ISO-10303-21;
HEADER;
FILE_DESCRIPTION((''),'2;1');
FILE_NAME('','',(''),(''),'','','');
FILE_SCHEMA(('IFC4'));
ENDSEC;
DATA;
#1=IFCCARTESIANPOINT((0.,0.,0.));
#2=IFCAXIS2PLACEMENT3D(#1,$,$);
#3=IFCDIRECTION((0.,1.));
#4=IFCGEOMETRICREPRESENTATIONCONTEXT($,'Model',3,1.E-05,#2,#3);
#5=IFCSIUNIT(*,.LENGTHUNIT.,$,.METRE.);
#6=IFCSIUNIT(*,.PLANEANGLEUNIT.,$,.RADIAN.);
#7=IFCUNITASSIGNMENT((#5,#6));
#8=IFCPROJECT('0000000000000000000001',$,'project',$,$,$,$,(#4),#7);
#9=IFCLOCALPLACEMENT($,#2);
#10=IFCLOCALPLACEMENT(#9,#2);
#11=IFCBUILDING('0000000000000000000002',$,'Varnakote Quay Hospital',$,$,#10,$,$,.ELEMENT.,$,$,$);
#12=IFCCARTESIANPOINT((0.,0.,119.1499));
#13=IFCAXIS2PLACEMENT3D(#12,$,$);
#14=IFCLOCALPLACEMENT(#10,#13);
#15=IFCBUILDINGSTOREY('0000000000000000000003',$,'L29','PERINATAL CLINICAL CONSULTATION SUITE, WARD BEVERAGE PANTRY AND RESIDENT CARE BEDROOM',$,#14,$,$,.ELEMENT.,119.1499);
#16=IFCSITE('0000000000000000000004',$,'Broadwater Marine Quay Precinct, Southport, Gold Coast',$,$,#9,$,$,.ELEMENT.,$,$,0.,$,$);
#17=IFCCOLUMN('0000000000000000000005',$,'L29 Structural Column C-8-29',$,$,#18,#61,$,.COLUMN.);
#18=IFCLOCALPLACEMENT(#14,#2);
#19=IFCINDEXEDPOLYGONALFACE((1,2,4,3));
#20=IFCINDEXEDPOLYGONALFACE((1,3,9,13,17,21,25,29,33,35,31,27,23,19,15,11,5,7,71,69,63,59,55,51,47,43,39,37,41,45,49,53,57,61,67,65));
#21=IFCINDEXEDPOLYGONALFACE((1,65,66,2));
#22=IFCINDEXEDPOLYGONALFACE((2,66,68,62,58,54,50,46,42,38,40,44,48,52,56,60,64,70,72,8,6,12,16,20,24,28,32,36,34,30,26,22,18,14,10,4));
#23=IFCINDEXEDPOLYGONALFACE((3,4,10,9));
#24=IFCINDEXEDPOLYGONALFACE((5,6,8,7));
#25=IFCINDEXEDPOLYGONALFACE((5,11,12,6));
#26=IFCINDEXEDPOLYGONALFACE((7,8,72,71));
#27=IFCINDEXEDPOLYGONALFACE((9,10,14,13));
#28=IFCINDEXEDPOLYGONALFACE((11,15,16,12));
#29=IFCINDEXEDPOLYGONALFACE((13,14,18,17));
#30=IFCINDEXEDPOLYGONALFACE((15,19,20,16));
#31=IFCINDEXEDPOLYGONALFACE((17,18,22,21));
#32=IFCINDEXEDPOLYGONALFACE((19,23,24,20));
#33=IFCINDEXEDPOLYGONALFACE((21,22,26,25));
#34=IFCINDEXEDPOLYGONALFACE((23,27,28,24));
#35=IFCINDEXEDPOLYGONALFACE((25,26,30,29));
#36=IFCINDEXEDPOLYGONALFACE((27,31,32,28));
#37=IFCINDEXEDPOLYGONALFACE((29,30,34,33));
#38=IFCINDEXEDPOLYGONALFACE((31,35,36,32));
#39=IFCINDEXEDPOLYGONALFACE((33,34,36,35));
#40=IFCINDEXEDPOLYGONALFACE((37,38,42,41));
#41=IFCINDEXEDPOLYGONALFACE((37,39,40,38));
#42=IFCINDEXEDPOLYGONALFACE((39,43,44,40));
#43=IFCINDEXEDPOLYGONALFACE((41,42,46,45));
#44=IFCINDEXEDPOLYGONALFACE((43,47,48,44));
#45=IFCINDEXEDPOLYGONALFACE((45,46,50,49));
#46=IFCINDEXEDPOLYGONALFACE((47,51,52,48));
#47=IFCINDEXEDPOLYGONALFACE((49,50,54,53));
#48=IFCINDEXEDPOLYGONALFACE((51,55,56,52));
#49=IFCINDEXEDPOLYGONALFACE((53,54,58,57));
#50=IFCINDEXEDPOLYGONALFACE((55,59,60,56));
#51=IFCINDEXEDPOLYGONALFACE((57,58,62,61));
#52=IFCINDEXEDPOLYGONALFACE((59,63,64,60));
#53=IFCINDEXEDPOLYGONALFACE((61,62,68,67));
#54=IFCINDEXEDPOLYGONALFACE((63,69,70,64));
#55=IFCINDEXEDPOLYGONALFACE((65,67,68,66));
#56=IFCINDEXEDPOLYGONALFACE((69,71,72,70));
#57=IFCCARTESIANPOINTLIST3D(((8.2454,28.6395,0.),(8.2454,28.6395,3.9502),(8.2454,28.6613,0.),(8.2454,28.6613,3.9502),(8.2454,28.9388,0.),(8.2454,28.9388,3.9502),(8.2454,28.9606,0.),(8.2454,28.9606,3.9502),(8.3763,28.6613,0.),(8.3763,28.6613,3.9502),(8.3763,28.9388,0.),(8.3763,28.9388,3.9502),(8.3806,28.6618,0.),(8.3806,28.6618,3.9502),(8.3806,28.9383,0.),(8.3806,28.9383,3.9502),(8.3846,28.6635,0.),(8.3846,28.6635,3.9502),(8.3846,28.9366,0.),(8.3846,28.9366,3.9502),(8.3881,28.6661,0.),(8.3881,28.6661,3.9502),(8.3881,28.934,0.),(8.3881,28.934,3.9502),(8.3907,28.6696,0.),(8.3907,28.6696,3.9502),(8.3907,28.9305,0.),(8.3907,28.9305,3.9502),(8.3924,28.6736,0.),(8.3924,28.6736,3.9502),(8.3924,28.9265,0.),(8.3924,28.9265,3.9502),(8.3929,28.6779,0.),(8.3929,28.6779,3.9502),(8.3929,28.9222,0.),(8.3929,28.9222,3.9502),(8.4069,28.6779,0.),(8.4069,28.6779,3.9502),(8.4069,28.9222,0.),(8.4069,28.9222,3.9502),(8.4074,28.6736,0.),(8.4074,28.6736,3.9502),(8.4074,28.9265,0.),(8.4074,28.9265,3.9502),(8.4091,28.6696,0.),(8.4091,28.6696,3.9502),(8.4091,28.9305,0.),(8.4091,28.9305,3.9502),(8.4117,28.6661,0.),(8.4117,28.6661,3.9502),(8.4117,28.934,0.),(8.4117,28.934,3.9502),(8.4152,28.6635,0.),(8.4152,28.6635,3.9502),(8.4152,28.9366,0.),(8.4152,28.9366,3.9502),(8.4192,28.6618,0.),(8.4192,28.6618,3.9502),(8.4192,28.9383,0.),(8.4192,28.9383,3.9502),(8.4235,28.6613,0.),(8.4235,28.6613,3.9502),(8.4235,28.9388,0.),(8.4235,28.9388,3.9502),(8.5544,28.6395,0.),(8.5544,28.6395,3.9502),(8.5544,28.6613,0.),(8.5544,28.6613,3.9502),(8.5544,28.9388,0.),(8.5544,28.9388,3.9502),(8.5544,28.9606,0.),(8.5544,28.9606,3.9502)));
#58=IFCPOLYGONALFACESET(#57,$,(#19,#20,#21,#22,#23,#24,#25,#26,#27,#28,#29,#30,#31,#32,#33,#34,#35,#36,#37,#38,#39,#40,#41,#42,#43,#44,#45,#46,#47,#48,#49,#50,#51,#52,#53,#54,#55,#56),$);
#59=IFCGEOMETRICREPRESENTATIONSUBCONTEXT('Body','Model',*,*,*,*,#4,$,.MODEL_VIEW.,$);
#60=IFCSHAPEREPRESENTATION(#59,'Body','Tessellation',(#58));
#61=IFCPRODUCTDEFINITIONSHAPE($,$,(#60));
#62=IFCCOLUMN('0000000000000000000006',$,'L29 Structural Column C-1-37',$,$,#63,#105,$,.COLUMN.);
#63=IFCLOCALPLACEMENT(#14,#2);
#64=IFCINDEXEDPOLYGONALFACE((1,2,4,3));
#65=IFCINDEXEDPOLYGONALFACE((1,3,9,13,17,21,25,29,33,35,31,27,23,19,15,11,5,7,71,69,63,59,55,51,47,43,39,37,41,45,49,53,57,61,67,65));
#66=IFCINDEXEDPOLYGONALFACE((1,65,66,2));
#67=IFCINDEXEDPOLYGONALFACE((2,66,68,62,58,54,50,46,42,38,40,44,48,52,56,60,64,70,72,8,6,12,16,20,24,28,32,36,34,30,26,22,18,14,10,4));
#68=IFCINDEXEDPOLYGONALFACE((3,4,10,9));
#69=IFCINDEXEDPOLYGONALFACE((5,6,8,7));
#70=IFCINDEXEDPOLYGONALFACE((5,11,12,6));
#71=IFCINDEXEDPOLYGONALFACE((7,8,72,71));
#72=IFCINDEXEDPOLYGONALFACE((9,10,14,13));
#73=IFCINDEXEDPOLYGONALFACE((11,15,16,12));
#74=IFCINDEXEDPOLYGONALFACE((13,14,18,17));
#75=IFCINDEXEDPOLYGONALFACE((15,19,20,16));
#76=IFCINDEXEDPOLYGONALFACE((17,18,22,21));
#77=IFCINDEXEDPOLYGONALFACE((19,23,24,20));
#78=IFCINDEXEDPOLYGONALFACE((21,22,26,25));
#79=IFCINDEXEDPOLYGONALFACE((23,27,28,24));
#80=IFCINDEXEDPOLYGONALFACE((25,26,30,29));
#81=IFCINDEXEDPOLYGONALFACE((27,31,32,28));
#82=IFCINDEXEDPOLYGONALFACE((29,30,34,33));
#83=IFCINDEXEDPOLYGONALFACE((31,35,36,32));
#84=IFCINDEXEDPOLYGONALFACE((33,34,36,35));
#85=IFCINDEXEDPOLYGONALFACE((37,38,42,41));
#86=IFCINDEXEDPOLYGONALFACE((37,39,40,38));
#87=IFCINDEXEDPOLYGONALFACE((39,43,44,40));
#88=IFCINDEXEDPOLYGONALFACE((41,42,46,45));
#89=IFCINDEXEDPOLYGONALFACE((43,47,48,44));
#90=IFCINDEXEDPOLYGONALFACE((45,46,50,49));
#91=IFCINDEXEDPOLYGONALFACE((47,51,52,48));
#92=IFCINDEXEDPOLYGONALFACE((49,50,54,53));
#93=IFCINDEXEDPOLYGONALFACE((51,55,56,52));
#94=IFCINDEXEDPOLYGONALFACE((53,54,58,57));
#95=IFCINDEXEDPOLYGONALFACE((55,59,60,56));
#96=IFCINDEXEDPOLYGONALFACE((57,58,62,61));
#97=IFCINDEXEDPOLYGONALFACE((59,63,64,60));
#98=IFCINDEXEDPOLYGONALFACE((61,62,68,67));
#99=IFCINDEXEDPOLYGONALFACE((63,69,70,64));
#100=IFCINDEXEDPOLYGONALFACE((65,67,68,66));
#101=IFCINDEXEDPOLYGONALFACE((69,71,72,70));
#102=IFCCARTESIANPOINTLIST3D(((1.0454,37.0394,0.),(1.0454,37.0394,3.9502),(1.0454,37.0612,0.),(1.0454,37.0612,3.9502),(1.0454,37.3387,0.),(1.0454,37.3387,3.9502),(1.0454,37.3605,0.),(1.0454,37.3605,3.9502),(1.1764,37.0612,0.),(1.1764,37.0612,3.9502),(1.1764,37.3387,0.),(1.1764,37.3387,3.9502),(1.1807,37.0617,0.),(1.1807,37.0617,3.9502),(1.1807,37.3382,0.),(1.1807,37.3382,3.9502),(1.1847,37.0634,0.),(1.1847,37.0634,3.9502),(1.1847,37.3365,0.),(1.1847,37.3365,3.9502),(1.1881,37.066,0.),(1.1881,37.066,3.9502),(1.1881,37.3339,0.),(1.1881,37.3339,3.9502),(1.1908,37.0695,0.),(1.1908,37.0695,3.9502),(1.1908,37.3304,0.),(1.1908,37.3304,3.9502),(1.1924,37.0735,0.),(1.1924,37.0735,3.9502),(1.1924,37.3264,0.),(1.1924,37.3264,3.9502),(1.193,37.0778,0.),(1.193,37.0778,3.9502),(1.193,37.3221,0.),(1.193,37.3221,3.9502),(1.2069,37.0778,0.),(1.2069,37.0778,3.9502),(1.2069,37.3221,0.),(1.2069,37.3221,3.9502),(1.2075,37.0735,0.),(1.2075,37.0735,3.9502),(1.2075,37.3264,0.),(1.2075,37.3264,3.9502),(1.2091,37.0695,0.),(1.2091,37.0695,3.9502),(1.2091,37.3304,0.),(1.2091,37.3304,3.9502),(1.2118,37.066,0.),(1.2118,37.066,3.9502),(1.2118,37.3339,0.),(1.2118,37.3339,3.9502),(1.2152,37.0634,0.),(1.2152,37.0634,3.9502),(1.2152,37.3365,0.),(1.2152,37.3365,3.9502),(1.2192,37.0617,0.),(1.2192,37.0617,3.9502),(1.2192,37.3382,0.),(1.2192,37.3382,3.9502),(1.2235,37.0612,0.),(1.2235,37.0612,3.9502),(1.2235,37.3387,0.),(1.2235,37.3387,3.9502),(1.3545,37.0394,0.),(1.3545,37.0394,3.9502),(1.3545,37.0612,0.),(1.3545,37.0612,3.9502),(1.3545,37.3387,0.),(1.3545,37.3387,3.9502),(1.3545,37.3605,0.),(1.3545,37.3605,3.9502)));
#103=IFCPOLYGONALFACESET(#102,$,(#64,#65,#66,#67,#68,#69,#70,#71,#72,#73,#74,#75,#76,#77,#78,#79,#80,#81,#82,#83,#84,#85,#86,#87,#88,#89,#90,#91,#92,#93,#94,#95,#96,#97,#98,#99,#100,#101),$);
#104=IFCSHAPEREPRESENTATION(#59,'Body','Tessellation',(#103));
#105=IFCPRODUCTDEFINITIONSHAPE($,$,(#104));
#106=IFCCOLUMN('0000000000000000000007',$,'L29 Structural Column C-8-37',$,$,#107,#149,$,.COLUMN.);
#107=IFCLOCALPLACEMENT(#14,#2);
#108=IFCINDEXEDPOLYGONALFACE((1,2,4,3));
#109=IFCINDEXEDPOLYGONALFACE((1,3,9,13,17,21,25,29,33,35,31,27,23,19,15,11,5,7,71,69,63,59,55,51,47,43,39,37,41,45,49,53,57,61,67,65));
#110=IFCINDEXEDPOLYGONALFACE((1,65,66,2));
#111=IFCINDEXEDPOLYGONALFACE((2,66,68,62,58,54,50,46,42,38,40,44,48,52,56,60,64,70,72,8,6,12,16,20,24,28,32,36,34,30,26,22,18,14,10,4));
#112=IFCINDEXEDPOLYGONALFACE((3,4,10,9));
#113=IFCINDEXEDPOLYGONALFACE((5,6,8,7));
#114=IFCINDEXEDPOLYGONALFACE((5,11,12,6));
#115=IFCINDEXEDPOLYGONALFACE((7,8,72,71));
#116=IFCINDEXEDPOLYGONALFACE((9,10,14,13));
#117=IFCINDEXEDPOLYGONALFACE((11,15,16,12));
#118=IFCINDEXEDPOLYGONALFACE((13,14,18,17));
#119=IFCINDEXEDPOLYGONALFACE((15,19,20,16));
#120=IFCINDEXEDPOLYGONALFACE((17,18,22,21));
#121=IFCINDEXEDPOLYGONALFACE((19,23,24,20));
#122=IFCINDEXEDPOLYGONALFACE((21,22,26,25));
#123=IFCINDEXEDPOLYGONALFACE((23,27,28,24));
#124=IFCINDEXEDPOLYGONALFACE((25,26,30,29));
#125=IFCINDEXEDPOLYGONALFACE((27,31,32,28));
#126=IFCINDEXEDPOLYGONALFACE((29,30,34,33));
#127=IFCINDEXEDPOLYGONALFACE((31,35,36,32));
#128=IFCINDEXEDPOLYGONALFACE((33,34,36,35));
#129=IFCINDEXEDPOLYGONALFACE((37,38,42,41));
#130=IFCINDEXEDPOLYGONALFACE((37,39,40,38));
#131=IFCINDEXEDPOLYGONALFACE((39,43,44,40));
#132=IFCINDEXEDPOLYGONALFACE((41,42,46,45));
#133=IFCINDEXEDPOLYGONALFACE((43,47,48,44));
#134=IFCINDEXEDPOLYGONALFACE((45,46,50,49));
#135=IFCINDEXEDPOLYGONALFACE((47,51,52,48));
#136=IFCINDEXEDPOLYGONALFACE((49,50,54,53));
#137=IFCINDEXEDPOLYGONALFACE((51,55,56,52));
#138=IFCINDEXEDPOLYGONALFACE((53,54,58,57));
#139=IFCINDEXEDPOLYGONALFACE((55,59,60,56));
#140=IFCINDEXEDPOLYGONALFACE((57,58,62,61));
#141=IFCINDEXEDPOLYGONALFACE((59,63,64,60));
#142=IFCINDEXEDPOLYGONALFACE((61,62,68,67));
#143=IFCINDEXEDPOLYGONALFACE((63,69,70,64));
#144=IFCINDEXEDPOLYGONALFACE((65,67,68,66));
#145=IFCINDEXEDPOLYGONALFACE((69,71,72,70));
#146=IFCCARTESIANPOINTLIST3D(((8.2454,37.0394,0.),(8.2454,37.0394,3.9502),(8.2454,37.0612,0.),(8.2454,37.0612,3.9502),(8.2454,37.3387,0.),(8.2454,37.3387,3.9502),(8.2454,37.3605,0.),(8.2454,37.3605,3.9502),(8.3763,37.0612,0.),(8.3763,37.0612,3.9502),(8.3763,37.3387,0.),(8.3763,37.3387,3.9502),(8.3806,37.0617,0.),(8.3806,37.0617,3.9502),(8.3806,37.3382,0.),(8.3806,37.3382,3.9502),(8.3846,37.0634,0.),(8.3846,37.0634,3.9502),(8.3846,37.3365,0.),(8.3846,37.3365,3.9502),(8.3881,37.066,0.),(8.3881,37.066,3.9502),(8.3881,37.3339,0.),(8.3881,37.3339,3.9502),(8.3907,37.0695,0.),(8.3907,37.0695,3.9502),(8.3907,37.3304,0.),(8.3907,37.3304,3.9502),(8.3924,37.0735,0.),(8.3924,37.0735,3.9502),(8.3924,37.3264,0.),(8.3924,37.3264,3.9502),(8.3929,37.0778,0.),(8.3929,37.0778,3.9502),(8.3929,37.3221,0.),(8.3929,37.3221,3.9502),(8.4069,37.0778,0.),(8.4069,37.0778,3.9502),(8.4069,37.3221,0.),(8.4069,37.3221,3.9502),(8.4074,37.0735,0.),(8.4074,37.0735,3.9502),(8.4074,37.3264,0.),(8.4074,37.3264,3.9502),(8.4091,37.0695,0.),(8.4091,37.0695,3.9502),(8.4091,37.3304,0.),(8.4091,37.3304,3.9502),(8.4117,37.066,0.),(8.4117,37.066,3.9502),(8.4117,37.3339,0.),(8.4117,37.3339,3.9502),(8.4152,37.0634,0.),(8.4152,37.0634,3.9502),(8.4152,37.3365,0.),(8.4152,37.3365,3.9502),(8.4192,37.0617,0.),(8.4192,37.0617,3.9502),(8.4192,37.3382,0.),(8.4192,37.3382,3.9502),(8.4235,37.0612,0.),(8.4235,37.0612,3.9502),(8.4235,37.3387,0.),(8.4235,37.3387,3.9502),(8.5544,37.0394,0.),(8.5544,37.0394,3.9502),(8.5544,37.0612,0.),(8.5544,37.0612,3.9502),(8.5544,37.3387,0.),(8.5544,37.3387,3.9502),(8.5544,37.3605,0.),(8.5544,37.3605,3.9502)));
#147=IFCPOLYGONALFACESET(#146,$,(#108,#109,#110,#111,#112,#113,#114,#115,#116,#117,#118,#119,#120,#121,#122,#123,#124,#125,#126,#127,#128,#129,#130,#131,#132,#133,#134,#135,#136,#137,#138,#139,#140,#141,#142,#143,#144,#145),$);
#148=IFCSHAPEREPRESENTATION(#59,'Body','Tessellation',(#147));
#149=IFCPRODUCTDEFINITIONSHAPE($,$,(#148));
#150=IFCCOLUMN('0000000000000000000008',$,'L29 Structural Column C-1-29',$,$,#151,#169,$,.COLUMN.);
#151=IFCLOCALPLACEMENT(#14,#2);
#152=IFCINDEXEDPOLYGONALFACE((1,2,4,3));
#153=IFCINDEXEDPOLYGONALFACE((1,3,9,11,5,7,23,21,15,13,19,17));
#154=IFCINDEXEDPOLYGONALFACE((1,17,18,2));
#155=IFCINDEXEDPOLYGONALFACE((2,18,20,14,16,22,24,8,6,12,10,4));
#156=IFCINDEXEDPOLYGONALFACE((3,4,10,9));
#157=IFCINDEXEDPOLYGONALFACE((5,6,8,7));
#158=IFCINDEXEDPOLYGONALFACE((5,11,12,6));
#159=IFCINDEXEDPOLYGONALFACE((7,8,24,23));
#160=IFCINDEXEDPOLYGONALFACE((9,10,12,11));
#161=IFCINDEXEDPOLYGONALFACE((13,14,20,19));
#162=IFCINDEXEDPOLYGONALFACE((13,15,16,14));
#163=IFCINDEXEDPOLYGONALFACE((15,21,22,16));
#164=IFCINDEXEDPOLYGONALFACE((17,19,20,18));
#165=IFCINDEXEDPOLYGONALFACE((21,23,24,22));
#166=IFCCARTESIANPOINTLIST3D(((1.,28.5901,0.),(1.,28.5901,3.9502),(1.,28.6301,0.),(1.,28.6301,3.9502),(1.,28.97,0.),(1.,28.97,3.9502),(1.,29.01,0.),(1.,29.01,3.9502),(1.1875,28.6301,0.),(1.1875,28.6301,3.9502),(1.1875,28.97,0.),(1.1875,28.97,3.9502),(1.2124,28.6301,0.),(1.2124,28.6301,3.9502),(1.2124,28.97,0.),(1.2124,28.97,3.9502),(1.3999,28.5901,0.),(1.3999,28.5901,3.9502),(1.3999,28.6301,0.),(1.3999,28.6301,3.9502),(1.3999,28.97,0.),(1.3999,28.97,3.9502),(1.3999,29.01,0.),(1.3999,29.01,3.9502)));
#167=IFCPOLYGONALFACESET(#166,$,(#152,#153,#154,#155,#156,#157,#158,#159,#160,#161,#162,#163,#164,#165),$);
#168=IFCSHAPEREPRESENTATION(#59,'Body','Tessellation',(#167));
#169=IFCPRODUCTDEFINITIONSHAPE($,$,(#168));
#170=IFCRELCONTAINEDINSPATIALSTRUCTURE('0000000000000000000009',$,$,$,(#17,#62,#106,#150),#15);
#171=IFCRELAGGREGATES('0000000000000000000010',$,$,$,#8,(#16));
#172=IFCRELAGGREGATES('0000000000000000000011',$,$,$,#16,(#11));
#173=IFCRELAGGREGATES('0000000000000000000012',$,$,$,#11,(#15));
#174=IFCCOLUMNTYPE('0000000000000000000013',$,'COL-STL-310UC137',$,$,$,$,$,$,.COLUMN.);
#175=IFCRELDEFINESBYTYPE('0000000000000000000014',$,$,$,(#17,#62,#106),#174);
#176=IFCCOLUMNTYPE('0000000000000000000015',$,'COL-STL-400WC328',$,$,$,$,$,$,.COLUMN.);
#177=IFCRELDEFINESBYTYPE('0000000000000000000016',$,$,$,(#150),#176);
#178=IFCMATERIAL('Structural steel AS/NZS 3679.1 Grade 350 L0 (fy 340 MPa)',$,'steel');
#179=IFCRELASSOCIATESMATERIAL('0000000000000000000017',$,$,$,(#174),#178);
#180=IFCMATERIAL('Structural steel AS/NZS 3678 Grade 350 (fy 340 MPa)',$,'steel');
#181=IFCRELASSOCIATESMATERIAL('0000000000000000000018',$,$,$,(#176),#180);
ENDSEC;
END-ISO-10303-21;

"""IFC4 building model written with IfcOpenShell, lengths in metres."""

from ifc_helpers import new_model, si_unit, direction, frame, origin, origin_2d, place, context, subcontext, project, spatial, i_section, extrude, material, material_profile, profile_set, type_object, element, save


model = new_model("IFC4")

# Units and contexts
model_context = context("Model", 3, precision=1e-05, world=origin(), true_north=direction((0.0, 1.0)))
body_context = subcontext(model_context, "Body", "Model", "MODEL_VIEW")
ifc_project = project(units=[si_unit("LENGTHUNIT", "METRE"), si_unit("PLANEANGLEUNIT", "RADIAN")], contexts=[model_context])

# Site, building, storey
site_placement = place(None, origin())
site = spatial("IfcSite", under=ifc_project, at=site_placement, Name="Broadwater Marine Quay Precinct, Southport, Gold Coast", CompositionType="ELEMENT", RefElevation=0.0)
building_placement = place(site_placement, origin())
building = spatial("IfcBuilding", under=site, at=building_placement, Name="Varnakote Quay Hospital", CompositionType="ELEMENT")
storey_placement = place(building_placement, frame((0.0, 0.0, 119.1499)))
storey = spatial("IfcBuildingStorey", under=building, at=storey_placement, Name="L29", Description="PERINATAL CLINICAL CONSULTATION SUITE, WARD BEVERAGE PANTRY AND RESIDENT CARE BEDROOM", CompositionType="ELEMENT", Elevation=119.1499)

# Columns
ifc_material_1 = material(Name="Structural steel AS/NZS 3679.1 Grade 350 L0 (fy 340 MPa)", Category="steel")
ifc_material_profile_1 = material_profile(ifc_material_1, i_section(OverallWidth=0.3091, OverallDepth=0.321, WebThickness=0.0139, FlangeThickness=0.0217, FilletRadius=0.0166, at=origin_2d()), Name="310UC137")
ifc_profile_set_1 = profile_set([ifc_material_profile_1], Name="Structural steel AS/NZS 3679.1 Grade 350 L0 (fy 340 MPa)")
column_type_1 = type_object("IfcColumnType", Name="COL-STL-310UC137", PredefinedType="COLUMN", material=ifc_profile_set_1)
for number, where, z_axis, x_axis, name in (
    (1, (8.3999, 28.8, 0.0), (0.0, 0.0, 1.0), (1.0, 0.0, 0.0), "L29 Structural Column C-8-29"),
    (2, (1.2, 37.2, 0.0), (0.0, 0.0, 1.0), (1.0, 0.0, 0.0), "L29 Structural Column C-1-37"),
    (3, (8.3999, 37.2, 0.0), (0.0, 0.0, 1.0), (1.0, 0.0, 0.0), "L29 Structural Column C-8-37"),
):
    element("IfcColumn", number, at=place(storey_placement, frame(where, z_axis=z_axis, x_axis=x_axis)), inside=storey, type_object=column_type_1, Name=name, PredefinedType="COLUMN", context=body_context, shape_type="SweptSolid", body=[
        extrude(i_section(OverallWidth=0.3091, OverallDepth=0.321, WebThickness=0.0139, FlangeThickness=0.0217, FilletRadius=0.0166, at=origin_2d()), origin(), (0.0, 0.0, 1.0), 3.9502),
    ])
ifc_material_2 = material(Name="Structural steel AS/NZS 3678 Grade 350 (fy 340 MPa)", Category="steel")
ifc_material_profile_2 = material_profile(ifc_material_2, i_section(OverallWidth=0.3999, OverallDepth=0.4199, WebThickness=0.0249, FlangeThickness=0.04, at=origin_2d()), Name="400WC328")
ifc_profile_set_2 = profile_set([ifc_material_profile_2], Name="Structural steel AS/NZS 3678 Grade 350 (fy 340 MPa)")
column_type_2 = type_object("IfcColumnType", Name="COL-STL-400WC328", PredefinedType="COLUMN", material=ifc_profile_set_2)
column_placement = place(storey_placement, frame((1.2, 28.8, 0.0), z_axis=(0.0, 0.0, 1.0), x_axis=(1.0, 0.0, 0.0)))
element("IfcColumn", 4, at=column_placement, inside=storey, type_object=column_type_2, Name="L29 Structural Column C-1-29", PredefinedType="COLUMN", context=body_context, shape_type="SweptSolid", body=[
    extrude(i_section(OverallWidth=0.3999, OverallDepth=0.4199, WebThickness=0.0249, FlangeThickness=0.04, at=origin_2d()), origin(), (0.0, 0.0, 1.0), 3.9502),
])

save(model, "model.ifc")
